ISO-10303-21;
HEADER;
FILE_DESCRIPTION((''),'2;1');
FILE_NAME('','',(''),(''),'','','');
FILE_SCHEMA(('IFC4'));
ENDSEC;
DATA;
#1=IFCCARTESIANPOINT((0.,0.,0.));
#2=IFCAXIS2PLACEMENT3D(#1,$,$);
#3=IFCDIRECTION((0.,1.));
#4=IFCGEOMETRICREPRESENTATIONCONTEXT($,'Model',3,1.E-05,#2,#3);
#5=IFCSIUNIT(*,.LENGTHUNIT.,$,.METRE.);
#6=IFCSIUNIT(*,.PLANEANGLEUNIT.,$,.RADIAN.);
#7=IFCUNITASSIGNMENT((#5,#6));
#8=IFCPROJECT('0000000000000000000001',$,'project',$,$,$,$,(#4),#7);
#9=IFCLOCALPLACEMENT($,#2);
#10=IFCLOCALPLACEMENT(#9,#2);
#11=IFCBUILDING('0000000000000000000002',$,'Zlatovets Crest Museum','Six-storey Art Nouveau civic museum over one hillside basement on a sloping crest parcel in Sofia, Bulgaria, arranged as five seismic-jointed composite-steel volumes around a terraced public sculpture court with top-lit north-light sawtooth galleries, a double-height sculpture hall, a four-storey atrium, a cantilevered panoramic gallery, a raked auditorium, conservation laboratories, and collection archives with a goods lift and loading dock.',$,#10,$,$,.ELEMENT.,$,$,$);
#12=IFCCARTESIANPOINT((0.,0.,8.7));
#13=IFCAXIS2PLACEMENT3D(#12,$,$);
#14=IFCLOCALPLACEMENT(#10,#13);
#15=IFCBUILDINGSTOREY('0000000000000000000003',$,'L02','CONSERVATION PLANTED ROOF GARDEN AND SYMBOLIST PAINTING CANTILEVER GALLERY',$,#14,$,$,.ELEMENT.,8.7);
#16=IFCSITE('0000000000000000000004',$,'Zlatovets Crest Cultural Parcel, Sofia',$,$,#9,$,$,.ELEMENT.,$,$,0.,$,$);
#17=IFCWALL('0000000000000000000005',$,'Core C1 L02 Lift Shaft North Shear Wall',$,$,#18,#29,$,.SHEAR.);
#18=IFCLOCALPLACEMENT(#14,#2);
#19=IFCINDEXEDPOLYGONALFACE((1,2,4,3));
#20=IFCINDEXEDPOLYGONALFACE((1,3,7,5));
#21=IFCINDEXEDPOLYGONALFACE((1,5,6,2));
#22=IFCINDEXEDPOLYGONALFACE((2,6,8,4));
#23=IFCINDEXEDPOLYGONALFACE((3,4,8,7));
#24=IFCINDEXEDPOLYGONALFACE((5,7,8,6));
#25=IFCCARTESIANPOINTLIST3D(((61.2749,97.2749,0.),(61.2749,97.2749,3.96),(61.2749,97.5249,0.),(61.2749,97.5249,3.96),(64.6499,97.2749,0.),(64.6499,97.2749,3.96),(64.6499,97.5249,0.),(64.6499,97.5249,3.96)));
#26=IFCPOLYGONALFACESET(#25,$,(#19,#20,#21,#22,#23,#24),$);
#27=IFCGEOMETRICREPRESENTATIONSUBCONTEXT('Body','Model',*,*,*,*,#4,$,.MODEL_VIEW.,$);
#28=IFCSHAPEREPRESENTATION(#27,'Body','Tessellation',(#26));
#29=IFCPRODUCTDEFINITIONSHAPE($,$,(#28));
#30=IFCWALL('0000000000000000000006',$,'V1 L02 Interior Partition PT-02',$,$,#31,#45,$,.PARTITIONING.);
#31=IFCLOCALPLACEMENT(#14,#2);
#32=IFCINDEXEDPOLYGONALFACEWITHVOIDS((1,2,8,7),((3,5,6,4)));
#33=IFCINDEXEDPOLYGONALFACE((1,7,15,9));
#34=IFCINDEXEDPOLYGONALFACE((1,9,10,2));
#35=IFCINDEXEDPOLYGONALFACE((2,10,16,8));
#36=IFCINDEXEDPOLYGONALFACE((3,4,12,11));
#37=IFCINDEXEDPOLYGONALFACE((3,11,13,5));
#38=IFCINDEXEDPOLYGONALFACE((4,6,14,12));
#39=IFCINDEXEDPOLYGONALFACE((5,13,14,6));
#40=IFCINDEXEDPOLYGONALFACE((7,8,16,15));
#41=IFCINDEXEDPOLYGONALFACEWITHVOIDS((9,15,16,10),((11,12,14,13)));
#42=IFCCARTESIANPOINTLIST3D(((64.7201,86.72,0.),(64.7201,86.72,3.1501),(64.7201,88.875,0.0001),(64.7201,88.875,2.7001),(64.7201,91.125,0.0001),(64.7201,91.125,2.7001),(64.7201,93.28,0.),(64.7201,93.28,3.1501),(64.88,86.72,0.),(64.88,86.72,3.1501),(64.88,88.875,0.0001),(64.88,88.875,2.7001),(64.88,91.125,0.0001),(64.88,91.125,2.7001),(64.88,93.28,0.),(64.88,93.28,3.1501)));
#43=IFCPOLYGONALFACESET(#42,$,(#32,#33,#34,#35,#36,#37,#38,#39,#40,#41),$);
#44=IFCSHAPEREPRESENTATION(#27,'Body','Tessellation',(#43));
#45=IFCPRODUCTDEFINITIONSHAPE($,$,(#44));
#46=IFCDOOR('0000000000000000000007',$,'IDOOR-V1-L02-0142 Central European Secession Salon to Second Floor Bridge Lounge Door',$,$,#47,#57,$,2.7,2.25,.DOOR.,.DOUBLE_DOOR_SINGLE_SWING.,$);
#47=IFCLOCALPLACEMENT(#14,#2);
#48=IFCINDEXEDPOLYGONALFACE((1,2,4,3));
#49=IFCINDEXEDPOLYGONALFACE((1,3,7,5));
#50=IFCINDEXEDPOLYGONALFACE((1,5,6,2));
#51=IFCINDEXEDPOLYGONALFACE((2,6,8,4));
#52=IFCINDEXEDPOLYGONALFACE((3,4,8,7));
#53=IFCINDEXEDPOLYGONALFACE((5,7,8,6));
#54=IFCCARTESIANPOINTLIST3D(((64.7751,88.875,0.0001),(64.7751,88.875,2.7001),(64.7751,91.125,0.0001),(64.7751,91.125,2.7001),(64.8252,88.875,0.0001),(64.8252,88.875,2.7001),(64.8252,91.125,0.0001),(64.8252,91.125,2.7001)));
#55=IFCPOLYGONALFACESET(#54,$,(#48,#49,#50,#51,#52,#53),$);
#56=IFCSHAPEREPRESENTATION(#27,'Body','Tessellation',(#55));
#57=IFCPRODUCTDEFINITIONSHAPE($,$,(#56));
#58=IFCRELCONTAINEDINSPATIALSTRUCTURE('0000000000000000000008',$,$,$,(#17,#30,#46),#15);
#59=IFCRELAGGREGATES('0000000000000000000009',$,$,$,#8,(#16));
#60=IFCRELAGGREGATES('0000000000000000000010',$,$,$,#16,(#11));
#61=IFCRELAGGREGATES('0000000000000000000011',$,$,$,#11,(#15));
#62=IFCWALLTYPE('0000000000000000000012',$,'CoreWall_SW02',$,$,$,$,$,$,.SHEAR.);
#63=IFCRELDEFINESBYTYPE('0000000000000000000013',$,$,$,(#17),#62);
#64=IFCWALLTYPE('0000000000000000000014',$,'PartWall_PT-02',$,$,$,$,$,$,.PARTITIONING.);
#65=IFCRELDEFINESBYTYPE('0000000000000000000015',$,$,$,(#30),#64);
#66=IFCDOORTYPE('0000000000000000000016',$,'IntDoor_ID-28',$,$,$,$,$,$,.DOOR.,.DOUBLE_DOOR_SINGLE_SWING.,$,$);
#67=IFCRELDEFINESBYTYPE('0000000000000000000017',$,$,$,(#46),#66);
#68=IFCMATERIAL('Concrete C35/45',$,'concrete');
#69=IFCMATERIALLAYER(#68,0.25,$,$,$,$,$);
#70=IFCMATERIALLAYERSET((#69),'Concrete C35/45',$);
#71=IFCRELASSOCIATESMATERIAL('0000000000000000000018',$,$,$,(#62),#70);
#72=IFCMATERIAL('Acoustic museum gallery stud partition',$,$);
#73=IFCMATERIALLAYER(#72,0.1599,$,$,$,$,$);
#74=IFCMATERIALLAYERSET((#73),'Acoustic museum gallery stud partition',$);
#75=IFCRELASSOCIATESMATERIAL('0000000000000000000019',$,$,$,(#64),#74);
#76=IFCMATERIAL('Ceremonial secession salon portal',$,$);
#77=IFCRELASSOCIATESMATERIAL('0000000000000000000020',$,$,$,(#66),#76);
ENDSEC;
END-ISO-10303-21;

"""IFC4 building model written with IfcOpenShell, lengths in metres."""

from ifc_helpers import new_model, si_unit, direction, frame, frame_2d, origin, place, context, subcontext, project, spatial, rectangle, extrude, material, layer, layer_set, type_object, element, fill, save


model = new_model("IFC4")

# Units and contexts
model_context = context("Model", 3, precision=1e-05, world=origin(), true_north=direction((0.0, 1.0)))
body_context = subcontext(model_context, "Body", "Model", "MODEL_VIEW")
ifc_project = project(units=[si_unit("LENGTHUNIT", "METRE"), si_unit("PLANEANGLEUNIT", "RADIAN")], contexts=[model_context])

# Site, building, storey
site_placement = place(None, origin())
site = spatial("IfcSite", under=ifc_project, at=site_placement, Name="Zlatovets Crest Cultural Parcel, Sofia", CompositionType="ELEMENT", RefElevation=0.0)
building_placement = place(site_placement, origin())
building = spatial("IfcBuilding", under=site, at=building_placement, Name="Zlatovets Crest Museum", Description="Six-storey Art Nouveau civic museum over one hillside basement on a sloping crest parcel in Sofia, Bulgaria, arranged as five seismic-jointed composite-steel volumes around a terraced public sculpture court with top-lit north-light sawtooth galleries, a double-height sculpture hall, a four-storey atrium, a cantilevered panoramic gallery, a raked auditorium, conservation laboratories, and collection archives with a goods lift and loading dock.", CompositionType="ELEMENT")
storey_placement = place(building_placement, frame((0.0, 0.0, 8.7)))
storey = spatial("IfcBuildingStorey", under=building, at=storey_placement, Name="L02", Description="CONSERVATION PLANTED ROOF GARDEN AND SYMBOLIST PAINTING CANTILEVER GALLERY", CompositionType="ELEMENT", Elevation=8.7)

# Shared definitions
ifc_material_1 = material(Name="Concrete C35/45", Category="concrete")

# Shared definitions
ifc_layer_1 = layer(ifc_material_1, 0.25)
ifc_layer_set_1 = layer_set([ifc_layer_1], Name="Concrete C35/45")
wall_type_1 = type_object("IfcWallType", Name="CoreWall_SW02", PredefinedType="SHEAR", material=ifc_layer_set_1)

# Wall
wall_1_placement = place(storey_placement, frame((61.2749, 97.3999, 0.0), z_axis=(0.0, 0.0, 1.0), x_axis=(1.0, 0.0, 0.0)))
element("IfcWall", 1, at=wall_1_placement, inside=storey, type_object=wall_type_1, Name="Core C1 L02 Lift Shaft North Shear Wall", PredefinedType="SHEAR", context=body_context, shape_type="SweptSolid", body=[
    extrude(rectangle(XDim=3.375, YDim=0.25, at=frame_2d((1.6875, 0.0))), origin(), (0.0, 0.0, 1.0), 3.96),
])

# Wall, opening, door
ifc_material_2 = material(Name="Acoustic museum gallery stud partition")
ifc_layer_2 = layer(ifc_material_2, 0.1599)
ifc_layer_set_2 = layer_set([ifc_layer_2], Name="Acoustic museum gallery stud partition")
wall_type_2 = type_object("IfcWallType", Name="PartWall_PT-02", PredefinedType="PARTITIONING", material=ifc_layer_set_2)
wall_2_placement = place(storey_placement, frame((64.8, 86.72, 0.0), z_axis=(0.0, 0.0, 1.0), x_axis=(0.0, 1.0, 0.0)))
wall_2 = element("IfcWall", 2, at=wall_2_placement, inside=storey, type_object=wall_type_2, Name="V1 L02 Interior Partition PT-02", PredefinedType="PARTITIONING", context=body_context, shape_type="SweptSolid", body=[
    extrude(rectangle(XDim=6.5601, YDim=0.1599, at=frame_2d((3.28, 0.0))), origin(), (0.0, 0.0, 1.0), 3.1501),
])
opening_1_placement = place(wall_2_placement, frame((2.155, 0.0, 0.0)))
opening_1 = element("IfcOpeningElement", 3, at=opening_1_placement, cuts=wall_2, PredefinedType="OPENING", context=body_context, shape_type="SweptSolid", body=[
    extrude(rectangle(XDim=2.25, YDim=2.7, at=frame_2d((1.125, 1.3501))), frame((0.0, 0.0898, 0.0), z_axis=(0.0, -1.0, 0.0), x_axis=(1.0, 0.0, 0.0)), (0.0, 0.0, 1.0), 0.1799),
])
ifc_material_3 = material(Name="Ceremonial secession salon portal")
door_type_1 = type_object("IfcDoorType", Name="IntDoor_ID-28", OperationType="DOUBLE_DOOR_SINGLE_SWING", PredefinedType="DOOR", material=ifc_material_3)
door_1_placement = place(opening_1_placement, origin())
door_1 = element("IfcDoor", 4, at=door_1_placement, inside=storey, type_object=door_type_1, Name="IDOOR-V1-L02-0142 Central European Secession Salon to Second Floor Bridge Lounge Door", OperationType="DOUBLE_DOOR_SINGLE_SWING", OverallHeight=2.7, OverallWidth=2.25, PredefinedType="DOOR", context=body_context, shape_type="SweptSolid", body=[
    extrude(rectangle(XDim=2.25, YDim=2.7, at=frame_2d((1.125, 1.3501))), frame((0.0, 0.0249, 0.0), z_axis=(0.0, -1.0, 0.0), x_axis=(1.0, 0.0, 0.0)), (0.0, 0.0, 1.0), 0.05),
])
fill(opening_1, door_1)

save(model, "model.ifc")
